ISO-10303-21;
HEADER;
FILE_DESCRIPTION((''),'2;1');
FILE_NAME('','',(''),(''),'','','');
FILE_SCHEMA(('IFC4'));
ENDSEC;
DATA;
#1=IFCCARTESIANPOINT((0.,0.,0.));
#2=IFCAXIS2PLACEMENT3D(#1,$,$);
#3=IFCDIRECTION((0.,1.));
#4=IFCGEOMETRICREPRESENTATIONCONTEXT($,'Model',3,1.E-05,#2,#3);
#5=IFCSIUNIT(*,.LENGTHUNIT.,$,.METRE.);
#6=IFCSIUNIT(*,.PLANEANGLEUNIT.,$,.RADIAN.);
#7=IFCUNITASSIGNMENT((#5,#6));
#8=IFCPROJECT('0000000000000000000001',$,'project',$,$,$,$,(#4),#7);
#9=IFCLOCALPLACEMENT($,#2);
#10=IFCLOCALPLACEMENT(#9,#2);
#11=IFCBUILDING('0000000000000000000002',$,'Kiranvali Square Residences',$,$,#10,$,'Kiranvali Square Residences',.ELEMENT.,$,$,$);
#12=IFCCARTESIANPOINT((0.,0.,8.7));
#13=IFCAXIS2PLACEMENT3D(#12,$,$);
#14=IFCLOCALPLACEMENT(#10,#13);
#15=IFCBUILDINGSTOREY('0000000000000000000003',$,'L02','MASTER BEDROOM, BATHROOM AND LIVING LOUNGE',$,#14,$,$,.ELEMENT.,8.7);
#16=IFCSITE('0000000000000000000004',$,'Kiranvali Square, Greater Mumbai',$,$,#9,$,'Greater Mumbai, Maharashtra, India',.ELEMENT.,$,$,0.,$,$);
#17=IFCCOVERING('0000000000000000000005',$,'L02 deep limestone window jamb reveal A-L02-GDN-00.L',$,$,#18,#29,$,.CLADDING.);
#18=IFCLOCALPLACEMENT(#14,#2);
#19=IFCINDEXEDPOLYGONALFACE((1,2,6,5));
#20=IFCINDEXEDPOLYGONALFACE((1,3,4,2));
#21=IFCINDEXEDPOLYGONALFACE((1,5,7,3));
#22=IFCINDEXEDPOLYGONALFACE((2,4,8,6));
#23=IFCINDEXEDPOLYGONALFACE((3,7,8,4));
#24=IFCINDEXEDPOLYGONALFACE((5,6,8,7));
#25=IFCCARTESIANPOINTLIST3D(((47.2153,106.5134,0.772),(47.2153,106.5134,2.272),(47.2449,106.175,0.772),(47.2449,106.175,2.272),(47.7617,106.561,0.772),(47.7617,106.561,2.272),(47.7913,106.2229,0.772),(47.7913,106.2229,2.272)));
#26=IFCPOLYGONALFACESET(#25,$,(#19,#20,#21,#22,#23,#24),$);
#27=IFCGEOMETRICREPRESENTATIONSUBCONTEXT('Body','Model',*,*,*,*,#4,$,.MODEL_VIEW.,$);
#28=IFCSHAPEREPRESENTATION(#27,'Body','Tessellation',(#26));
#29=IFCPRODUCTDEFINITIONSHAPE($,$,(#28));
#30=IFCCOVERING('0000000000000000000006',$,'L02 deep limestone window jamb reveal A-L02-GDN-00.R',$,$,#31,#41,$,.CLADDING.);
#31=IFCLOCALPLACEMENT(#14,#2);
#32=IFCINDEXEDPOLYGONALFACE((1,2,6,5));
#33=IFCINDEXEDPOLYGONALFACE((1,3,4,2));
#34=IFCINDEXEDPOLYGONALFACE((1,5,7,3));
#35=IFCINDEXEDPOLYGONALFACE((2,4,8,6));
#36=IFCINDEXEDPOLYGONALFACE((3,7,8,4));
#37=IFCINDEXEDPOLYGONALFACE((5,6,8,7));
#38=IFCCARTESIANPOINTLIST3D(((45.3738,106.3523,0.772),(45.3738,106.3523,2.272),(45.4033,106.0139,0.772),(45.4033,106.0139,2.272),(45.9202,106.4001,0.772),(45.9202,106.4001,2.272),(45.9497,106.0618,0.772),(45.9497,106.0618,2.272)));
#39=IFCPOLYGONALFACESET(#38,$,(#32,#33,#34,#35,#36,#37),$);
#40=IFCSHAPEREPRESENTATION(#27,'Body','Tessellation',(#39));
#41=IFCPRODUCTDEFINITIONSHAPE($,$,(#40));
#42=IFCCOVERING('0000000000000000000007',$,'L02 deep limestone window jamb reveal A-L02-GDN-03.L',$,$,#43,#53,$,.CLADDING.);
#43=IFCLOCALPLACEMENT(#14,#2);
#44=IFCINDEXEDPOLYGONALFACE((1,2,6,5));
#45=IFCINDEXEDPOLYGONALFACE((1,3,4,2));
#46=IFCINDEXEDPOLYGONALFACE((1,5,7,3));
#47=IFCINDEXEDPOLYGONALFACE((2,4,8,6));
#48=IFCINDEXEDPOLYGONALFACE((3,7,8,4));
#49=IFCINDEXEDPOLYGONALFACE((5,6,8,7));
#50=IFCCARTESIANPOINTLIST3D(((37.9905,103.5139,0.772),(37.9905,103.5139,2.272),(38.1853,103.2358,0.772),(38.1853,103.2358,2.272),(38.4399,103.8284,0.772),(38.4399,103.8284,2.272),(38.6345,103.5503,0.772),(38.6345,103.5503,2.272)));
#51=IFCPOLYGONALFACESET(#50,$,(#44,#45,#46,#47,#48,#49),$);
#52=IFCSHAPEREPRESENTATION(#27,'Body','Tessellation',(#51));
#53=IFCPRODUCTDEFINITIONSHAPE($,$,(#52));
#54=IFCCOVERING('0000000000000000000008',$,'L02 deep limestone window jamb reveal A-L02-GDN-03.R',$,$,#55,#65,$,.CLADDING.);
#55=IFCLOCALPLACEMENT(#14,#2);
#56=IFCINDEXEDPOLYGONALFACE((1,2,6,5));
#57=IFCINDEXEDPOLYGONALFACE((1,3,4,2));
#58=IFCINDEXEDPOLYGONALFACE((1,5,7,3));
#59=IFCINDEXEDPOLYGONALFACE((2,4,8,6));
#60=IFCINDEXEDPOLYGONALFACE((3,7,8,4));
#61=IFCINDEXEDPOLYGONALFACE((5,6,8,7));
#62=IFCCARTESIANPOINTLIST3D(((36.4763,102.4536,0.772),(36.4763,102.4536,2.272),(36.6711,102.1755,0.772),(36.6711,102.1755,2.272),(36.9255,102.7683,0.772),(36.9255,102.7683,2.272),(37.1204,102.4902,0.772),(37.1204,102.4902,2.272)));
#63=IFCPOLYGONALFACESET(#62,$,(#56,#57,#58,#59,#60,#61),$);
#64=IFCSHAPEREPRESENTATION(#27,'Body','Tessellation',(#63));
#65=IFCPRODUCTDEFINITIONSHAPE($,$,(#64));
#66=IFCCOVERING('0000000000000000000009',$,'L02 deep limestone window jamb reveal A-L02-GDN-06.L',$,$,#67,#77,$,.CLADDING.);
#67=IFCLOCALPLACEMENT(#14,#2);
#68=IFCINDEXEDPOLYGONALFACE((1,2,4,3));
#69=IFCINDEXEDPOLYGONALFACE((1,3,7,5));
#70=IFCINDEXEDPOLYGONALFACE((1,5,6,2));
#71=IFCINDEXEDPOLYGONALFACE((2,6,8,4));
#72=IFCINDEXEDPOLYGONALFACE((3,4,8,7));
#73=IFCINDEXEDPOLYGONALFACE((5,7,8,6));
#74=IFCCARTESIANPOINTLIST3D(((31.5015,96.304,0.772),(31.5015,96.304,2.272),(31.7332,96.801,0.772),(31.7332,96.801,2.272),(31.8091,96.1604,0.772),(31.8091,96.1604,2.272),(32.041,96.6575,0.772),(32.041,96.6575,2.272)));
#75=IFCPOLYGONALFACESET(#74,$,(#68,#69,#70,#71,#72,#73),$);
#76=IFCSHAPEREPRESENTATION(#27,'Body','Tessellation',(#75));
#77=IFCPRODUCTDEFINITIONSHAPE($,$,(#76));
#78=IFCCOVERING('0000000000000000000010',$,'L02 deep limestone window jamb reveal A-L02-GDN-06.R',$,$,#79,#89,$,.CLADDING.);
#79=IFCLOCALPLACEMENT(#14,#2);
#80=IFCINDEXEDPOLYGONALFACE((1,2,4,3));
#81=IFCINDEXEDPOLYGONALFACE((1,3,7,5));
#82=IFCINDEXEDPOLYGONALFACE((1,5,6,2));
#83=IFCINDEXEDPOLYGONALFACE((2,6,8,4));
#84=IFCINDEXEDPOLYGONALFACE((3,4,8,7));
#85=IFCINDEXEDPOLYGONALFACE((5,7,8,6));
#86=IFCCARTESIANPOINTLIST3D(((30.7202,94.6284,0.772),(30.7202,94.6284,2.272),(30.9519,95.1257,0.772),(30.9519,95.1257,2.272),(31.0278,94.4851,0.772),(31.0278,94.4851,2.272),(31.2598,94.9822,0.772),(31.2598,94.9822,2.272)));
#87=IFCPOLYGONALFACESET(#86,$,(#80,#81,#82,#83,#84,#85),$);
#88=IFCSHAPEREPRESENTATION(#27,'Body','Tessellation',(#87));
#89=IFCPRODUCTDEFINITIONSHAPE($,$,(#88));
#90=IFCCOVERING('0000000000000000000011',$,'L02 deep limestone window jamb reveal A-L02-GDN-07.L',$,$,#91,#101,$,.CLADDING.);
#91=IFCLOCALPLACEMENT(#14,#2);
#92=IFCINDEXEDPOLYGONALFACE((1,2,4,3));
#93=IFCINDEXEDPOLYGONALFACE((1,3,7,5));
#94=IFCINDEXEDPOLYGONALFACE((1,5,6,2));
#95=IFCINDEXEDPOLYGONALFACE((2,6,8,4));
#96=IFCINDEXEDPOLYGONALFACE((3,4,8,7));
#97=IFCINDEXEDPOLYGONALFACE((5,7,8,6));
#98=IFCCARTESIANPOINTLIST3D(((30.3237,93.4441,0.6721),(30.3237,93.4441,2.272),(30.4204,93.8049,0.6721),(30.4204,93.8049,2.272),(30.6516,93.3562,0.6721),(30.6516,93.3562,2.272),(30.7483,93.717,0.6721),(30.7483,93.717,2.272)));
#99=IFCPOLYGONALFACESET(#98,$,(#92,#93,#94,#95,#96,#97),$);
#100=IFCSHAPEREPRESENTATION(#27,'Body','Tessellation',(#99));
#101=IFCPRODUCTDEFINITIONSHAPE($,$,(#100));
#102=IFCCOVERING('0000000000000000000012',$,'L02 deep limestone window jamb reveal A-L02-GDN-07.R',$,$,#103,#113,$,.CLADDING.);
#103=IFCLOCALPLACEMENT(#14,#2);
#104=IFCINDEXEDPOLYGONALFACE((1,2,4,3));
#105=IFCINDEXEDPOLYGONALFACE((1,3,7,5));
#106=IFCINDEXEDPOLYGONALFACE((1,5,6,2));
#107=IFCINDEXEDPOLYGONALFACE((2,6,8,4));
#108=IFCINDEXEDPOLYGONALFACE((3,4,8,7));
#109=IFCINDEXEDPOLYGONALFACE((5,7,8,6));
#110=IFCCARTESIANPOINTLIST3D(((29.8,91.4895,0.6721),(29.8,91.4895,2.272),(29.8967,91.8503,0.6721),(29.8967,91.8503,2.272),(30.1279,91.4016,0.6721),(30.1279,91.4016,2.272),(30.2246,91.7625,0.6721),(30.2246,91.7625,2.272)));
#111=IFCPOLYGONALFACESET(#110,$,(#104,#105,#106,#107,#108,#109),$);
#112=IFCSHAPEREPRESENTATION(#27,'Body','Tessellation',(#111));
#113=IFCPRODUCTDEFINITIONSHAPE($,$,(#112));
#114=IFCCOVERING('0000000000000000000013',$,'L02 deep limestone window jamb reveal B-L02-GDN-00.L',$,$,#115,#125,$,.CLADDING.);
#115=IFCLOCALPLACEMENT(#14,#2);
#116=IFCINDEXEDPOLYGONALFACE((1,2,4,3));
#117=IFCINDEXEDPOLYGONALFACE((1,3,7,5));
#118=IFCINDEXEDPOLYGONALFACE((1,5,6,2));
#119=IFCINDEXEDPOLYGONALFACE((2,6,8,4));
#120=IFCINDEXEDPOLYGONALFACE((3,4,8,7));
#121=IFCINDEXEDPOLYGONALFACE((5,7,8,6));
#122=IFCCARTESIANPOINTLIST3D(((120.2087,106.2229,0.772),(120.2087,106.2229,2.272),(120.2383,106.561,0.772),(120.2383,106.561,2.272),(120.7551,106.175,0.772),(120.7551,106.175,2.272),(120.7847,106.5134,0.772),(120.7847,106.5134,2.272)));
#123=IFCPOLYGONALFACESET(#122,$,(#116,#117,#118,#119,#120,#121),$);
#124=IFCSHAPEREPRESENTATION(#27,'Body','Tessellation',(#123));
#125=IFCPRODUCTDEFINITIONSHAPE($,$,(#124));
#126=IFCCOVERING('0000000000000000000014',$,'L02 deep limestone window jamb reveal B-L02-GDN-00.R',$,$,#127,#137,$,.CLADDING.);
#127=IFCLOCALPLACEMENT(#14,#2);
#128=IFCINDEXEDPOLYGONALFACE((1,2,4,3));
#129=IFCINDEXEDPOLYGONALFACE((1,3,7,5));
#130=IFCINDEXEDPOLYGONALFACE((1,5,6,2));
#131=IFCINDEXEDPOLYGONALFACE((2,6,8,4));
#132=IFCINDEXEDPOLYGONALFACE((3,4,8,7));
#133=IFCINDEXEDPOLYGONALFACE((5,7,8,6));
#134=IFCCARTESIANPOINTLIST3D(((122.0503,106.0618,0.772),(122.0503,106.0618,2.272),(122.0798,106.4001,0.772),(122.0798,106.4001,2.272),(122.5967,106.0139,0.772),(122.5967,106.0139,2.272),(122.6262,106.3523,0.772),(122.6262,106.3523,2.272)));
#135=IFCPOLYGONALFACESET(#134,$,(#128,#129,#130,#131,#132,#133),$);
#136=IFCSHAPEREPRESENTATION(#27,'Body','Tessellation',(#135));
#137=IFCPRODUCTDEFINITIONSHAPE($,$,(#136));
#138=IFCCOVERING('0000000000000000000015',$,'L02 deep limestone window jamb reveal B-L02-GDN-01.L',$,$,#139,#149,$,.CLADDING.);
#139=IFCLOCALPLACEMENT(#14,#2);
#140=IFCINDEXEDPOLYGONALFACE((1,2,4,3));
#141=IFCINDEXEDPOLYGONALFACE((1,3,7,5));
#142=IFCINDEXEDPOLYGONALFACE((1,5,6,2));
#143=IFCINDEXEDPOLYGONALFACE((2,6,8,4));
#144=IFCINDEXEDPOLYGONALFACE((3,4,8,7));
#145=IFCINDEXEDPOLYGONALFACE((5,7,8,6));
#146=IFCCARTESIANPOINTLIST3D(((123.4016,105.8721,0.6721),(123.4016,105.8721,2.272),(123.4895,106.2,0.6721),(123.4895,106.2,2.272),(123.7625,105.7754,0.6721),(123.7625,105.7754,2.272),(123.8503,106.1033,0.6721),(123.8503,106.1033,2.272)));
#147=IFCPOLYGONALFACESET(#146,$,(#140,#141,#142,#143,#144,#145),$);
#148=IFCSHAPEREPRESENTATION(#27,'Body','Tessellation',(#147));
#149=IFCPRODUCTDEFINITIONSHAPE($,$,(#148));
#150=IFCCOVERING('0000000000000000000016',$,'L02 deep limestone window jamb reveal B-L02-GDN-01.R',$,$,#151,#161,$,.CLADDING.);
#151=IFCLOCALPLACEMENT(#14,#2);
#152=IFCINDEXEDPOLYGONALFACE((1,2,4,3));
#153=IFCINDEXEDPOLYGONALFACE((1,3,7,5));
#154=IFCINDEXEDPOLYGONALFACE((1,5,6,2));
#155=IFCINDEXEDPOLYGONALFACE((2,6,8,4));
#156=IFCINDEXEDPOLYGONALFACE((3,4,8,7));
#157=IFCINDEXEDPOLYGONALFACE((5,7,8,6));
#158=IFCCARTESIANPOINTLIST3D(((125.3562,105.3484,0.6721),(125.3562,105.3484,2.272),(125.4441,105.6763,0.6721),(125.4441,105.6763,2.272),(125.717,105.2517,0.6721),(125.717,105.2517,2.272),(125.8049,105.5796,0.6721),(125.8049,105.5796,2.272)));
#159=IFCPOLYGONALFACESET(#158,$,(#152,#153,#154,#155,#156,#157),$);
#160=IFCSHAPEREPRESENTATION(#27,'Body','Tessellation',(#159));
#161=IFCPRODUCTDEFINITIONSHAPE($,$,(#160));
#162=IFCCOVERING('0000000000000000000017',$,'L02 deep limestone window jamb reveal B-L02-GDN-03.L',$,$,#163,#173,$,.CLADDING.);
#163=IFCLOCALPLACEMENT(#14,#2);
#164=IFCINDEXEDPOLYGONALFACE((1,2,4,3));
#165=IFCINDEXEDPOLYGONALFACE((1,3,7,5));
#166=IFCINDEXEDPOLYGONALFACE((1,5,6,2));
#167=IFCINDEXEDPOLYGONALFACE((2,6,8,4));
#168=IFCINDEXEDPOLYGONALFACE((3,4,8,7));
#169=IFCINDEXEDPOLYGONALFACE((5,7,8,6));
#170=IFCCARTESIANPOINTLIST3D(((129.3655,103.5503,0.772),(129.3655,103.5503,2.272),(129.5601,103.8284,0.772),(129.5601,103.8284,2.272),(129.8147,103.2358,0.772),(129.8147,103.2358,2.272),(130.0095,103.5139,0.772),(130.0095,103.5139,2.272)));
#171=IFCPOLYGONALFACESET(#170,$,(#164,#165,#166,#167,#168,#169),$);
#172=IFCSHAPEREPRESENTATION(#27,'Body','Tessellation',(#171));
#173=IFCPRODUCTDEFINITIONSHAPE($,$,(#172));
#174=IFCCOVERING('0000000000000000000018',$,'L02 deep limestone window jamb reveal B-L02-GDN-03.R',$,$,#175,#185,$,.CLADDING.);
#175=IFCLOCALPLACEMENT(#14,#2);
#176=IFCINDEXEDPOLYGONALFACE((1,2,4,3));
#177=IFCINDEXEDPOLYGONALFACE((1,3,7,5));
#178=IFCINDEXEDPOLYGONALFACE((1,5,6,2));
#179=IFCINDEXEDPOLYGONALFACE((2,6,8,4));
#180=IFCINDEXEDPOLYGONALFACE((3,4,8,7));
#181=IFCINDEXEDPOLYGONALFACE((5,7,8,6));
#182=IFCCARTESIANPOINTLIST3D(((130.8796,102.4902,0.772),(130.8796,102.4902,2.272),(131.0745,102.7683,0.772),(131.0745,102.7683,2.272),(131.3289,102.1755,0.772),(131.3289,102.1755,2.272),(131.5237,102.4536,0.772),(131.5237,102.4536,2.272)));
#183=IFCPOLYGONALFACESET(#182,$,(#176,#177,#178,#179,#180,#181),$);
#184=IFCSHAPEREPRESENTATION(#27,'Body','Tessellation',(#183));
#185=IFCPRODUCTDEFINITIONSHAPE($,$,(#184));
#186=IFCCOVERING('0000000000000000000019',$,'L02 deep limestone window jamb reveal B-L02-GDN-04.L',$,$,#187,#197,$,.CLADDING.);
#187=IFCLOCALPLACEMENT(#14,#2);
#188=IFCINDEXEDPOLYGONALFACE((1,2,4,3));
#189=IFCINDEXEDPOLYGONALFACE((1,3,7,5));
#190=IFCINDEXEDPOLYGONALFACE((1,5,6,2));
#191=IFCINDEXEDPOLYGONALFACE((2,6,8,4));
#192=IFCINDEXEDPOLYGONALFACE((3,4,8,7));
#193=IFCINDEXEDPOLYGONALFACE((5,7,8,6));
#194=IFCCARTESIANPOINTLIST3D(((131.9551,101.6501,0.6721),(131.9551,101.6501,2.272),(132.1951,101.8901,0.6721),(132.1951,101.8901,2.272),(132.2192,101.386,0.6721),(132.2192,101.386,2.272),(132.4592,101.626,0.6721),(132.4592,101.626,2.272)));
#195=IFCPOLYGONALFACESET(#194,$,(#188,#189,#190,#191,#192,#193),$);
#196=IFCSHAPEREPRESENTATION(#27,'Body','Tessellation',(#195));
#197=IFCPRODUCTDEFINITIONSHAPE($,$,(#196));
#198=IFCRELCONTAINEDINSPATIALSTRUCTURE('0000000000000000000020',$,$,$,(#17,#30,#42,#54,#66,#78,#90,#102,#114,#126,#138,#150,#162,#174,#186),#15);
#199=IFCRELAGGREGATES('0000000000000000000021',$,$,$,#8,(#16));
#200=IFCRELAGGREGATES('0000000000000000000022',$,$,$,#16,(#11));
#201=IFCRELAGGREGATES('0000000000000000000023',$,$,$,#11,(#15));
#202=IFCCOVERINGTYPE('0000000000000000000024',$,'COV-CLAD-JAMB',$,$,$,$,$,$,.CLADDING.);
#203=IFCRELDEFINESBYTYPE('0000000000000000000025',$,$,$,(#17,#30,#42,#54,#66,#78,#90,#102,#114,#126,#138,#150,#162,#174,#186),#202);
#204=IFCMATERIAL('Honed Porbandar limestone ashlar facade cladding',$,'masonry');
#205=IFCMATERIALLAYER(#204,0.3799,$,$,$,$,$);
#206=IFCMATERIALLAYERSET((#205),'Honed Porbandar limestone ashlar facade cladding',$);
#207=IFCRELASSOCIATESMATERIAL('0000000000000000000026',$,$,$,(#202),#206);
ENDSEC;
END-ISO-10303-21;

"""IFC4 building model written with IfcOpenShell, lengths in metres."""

from ifc_helpers import new_model, si_unit, direction, frame, origin, place, context, subcontext, project, spatial, polyline, outline, extrude, material, layer, layer_set, type_object, element, save


model = new_model("IFC4")

# Units and contexts
model_context = context("Model", 3, precision=1e-05, world=origin(), true_north=direction((0.0, 1.0)))
body_context = subcontext(model_context, "Body", "Model", "MODEL_VIEW")
ifc_project = project(units=[si_unit("LENGTHUNIT", "METRE"), si_unit("PLANEANGLEUNIT", "RADIAN")], contexts=[model_context])

# Site, building, storey
site_placement = place(None, origin())
site = spatial("IfcSite", under=ifc_project, at=site_placement, Name="Kiranvali Square, Greater Mumbai", LongName="Greater Mumbai, Maharashtra, India", CompositionType="ELEMENT", RefElevation=0.0)
building_placement = place(site_placement, origin())
building = spatial("IfcBuilding", under=site, at=building_placement, Name="Kiranvali Square Residences", LongName="Kiranvali Square Residences", CompositionType="ELEMENT")
storey_placement = place(building_placement, frame((0.0, 0.0, 8.7)))
storey = spatial("IfcBuildingStorey", under=building, at=storey_placement, Name="L02", Description="MASTER BEDROOM, BATHROOM AND LIVING LOUNGE", CompositionType="ELEMENT", Elevation=8.7)

# Coverings
ifc_material = material(Name="Honed Porbandar limestone ashlar facade cladding", Category="masonry")
ifc_layer_1 = layer(ifc_material, 0.3799)
ifc_layer_set_1 = layer_set([ifc_layer_1], Name="Honed Porbandar limestone ashlar facade cladding")
covering_type_1 = type_object("IfcCoveringType", Name="COV-CLAD-JAMB", PredefinedType="CLADDING", material=ifc_layer_set_1)
covering_1_placement = place(storey_placement, frame((0.0, 0.0, 0.772)))
element("IfcCovering", 1, at=covering_1_placement, inside=storey, type_object=covering_type_1, Name="L02 deep limestone window jamb reveal A-L02-GDN-00.L", PredefinedType="CLADDING", context=body_context, shape_type="SweptSolid", body=[
    extrude(outline(polyline([(47.7617, 106.561), (47.2153, 106.5134), (47.2449, 106.175), (47.7913, 106.2229), (47.7617, 106.561)])), origin(), (0.0, 0.0, 1.0), 1.5),
])
covering_2_placement = place(storey_placement, frame((0.0, 0.0, 0.772)))
element("IfcCovering", 2, at=covering_2_placement, inside=storey, type_object=covering_type_1, Name="L02 deep limestone window jamb reveal A-L02-GDN-00.R", PredefinedType="CLADDING", context=body_context, shape_type="SweptSolid", body=[
    extrude(outline(polyline([(45.9202, 106.4001), (45.3738, 106.3523), (45.4033, 106.0139), (45.9497, 106.0618), (45.9202, 106.4001)])), origin(), (0.0, 0.0, 1.0), 1.5),
])
covering_3_placement = place(storey_placement, frame((0.0, 0.0, 0.772)))
element("IfcCovering", 3, at=covering_3_placement, inside=storey, type_object=covering_type_1, Name="L02 deep limestone window jamb reveal A-L02-GDN-03.L", PredefinedType="CLADDING", context=body_context, shape_type="SweptSolid", body=[
    extrude(outline(polyline([(38.4399, 103.8284), (37.9905, 103.5139), (38.1853, 103.2358), (38.6345, 103.5503), (38.4399, 103.8284)])), origin(), (0.0, 0.0, 1.0), 1.5),
])
covering_4_placement = place(storey_placement, frame((0.0, 0.0, 0.772)))
element("IfcCovering", 4, at=covering_4_placement, inside=storey, type_object=covering_type_1, Name="L02 deep limestone window jamb reveal A-L02-GDN-03.R", PredefinedType="CLADDING", context=body_context, shape_type="SweptSolid", body=[
    extrude(outline(polyline([(36.9255, 102.7683), (36.4763, 102.4536), (36.6711, 102.1755), (37.1204, 102.4902), (36.9255, 102.7683)])), origin(), (0.0, 0.0, 1.0), 1.5),
])
covering_5_placement = place(storey_placement, frame((0.0, 0.0, 0.772)))
element("IfcCovering", 5, at=covering_5_placement, inside=storey, type_object=covering_type_1, Name="L02 deep limestone window jamb reveal A-L02-GDN-06.L", PredefinedType="CLADDING", context=body_context, shape_type="SweptSolid", body=[
    extrude(outline(polyline([(31.7332, 96.801), (31.5015, 96.304), (31.8091, 96.1604), (32.041, 96.6575), (31.7332, 96.801)])), origin(), (0.0, 0.0, 1.0), 1.5),
])
covering_6_placement = place(storey_placement, frame((0.0, 0.0, 0.772)))
element("IfcCovering", 6, at=covering_6_placement, inside=storey, type_object=covering_type_1, Name="L02 deep limestone window jamb reveal A-L02-GDN-06.R", PredefinedType="CLADDING", context=body_context, shape_type="SweptSolid", body=[
    extrude(outline(polyline([(30.9519, 95.1257), (30.7202, 94.6284), (31.0278, 94.4851), (31.2598, 94.9822), (30.9519, 95.1257)])), origin(), (0.0, 0.0, 1.0), 1.5),
])
covering_7_placement = place(storey_placement, frame((0.0, 0.0, 0.6721)))
element("IfcCovering", 7, at=covering_7_placement, inside=storey, type_object=covering_type_1, Name="L02 deep limestone window jamb reveal A-L02-GDN-07.L", PredefinedType="CLADDING", context=body_context, shape_type="SweptSolid", body=[
    extrude(outline(polyline([(30.4204, 93.8049), (30.3237, 93.4441), (30.6516, 93.3562), (30.7483, 93.717), (30.4204, 93.8049)])), origin(), (0.0, 0.0, 1.0), 1.5999),
])
covering_8_placement = place(storey_placement, frame((0.0, 0.0, 0.6721)))
element("IfcCovering", 8, at=covering_8_placement, inside=storey, type_object=covering_type_1, Name="L02 deep limestone window jamb reveal A-L02-GDN-07.R", PredefinedType="CLADDING", context=body_context, shape_type="SweptSolid", body=[
    extrude(outline(polyline([(29.8967, 91.8503), (29.8, 91.4895), (30.1279, 91.4016), (30.2246, 91.7625), (29.8967, 91.8503)])), origin(), (0.0, 0.0, 1.0), 1.5999),
])
covering_9_placement = place(storey_placement, frame((0.0, 0.0, 0.772)))
element("IfcCovering", 9, at=covering_9_placement, inside=storey, type_object=covering_type_1, Name="L02 deep limestone window jamb reveal B-L02-GDN-00.L", PredefinedType="CLADDING", context=body_context, shape_type="SweptSolid", body=[
    extrude(outline(polyline([(120.2087, 106.2229), (120.7551, 106.175), (120.7847, 106.5134), (120.2383, 106.561), (120.2087, 106.2229)])), origin(), (0.0, 0.0, 1.0), 1.5),
])
covering_10_placement = place(storey_placement, frame((0.0, 0.0, 0.772)))
element("IfcCovering", 10, at=covering_10_placement, inside=storey, type_object=covering_type_1, Name="L02 deep limestone window jamb reveal B-L02-GDN-00.R", PredefinedType="CLADDING", context=body_context, shape_type="SweptSolid", body=[
    extrude(outline(polyline([(122.0503, 106.0618), (122.5967, 106.0139), (122.6262, 106.3523), (122.0798, 106.4001), (122.0503, 106.0618)])), origin(), (0.0, 0.0, 1.0), 1.5),
])
covering_11_placement = place(storey_placement, frame((0.0, 0.0, 0.6721)))
element("IfcCovering", 11, at=covering_11_placement, inside=storey, type_object=covering_type_1, Name="L02 deep limestone window jamb reveal B-L02-GDN-01.L", PredefinedType="CLADDING", context=body_context, shape_type="SweptSolid", body=[
    extrude(outline(polyline([(123.4016, 105.8721), (123.7625, 105.7754), (123.8503, 106.1033), (123.4895, 106.2), (123.4016, 105.8721)])), origin(), (0.0, 0.0, 1.0), 1.5999),
])
covering_12_placement = place(storey_placement, frame((0.0, 0.0, 0.6721)))
element("IfcCovering", 12, at=covering_12_placement, inside=storey, type_object=covering_type_1, Name="L02 deep limestone window jamb reveal B-L02-GDN-01.R", PredefinedType="CLADDING", context=body_context, shape_type="SweptSolid", body=[
    extrude(outline(polyline([(125.3562, 105.3484), (125.717, 105.2517), (125.8049, 105.5796), (125.4441, 105.6763), (125.3562, 105.3484)])), origin(), (0.0, 0.0, 1.0), 1.5999),
])
covering_13_placement = place(storey_placement, frame((0.0, 0.0, 0.772)))
element("IfcCovering", 13, at=covering_13_placement, inside=storey, type_object=covering_type_1, Name="L02 deep limestone window jamb reveal B-L02-GDN-03.L", PredefinedType="CLADDING", context=body_context, shape_type="SweptSolid", body=[
    extrude(outline(polyline([(129.3655, 103.5503), (129.8147, 103.2358), (130.0095, 103.5139), (129.5601, 103.8284), (129.3655, 103.5503)])), origin(), (0.0, 0.0, 1.0), 1.5),
])
covering_14_placement = place(storey_placement, frame((0.0, 0.0, 0.772)))
element("IfcCovering", 14, at=covering_14_placement, inside=storey, type_object=covering_type_1, Name="L02 deep limestone window jamb reveal B-L02-GDN-03.R", PredefinedType="CLADDING", context=body_context, shape_type="SweptSolid", body=[
    extrude(outline(polyline([(130.8796, 102.4902), (131.3289, 102.1755), (131.5237, 102.4536), (131.0745, 102.7683), (130.8796, 102.4902)])), origin(), (0.0, 0.0, 1.0), 1.5),
])
covering_15_placement = place(storey_placement, frame((0.0, 0.0, 0.6721)))
element("IfcCovering", 15, at=covering_15_placement, inside=storey, type_object=covering_type_1, Name="L02 deep limestone window jamb reveal B-L02-GDN-04.L", PredefinedType="CLADDING", context=body_context, shape_type="SweptSolid", body=[
    extrude(outline(polyline([(131.9551, 101.6501), (132.2192, 101.386), (132.4592, 101.626), (132.1951, 101.8901), (131.9551, 101.6501)])), origin(), (0.0, 0.0, 1.0), 1.5999),
])

save(model, "model.ifc")
